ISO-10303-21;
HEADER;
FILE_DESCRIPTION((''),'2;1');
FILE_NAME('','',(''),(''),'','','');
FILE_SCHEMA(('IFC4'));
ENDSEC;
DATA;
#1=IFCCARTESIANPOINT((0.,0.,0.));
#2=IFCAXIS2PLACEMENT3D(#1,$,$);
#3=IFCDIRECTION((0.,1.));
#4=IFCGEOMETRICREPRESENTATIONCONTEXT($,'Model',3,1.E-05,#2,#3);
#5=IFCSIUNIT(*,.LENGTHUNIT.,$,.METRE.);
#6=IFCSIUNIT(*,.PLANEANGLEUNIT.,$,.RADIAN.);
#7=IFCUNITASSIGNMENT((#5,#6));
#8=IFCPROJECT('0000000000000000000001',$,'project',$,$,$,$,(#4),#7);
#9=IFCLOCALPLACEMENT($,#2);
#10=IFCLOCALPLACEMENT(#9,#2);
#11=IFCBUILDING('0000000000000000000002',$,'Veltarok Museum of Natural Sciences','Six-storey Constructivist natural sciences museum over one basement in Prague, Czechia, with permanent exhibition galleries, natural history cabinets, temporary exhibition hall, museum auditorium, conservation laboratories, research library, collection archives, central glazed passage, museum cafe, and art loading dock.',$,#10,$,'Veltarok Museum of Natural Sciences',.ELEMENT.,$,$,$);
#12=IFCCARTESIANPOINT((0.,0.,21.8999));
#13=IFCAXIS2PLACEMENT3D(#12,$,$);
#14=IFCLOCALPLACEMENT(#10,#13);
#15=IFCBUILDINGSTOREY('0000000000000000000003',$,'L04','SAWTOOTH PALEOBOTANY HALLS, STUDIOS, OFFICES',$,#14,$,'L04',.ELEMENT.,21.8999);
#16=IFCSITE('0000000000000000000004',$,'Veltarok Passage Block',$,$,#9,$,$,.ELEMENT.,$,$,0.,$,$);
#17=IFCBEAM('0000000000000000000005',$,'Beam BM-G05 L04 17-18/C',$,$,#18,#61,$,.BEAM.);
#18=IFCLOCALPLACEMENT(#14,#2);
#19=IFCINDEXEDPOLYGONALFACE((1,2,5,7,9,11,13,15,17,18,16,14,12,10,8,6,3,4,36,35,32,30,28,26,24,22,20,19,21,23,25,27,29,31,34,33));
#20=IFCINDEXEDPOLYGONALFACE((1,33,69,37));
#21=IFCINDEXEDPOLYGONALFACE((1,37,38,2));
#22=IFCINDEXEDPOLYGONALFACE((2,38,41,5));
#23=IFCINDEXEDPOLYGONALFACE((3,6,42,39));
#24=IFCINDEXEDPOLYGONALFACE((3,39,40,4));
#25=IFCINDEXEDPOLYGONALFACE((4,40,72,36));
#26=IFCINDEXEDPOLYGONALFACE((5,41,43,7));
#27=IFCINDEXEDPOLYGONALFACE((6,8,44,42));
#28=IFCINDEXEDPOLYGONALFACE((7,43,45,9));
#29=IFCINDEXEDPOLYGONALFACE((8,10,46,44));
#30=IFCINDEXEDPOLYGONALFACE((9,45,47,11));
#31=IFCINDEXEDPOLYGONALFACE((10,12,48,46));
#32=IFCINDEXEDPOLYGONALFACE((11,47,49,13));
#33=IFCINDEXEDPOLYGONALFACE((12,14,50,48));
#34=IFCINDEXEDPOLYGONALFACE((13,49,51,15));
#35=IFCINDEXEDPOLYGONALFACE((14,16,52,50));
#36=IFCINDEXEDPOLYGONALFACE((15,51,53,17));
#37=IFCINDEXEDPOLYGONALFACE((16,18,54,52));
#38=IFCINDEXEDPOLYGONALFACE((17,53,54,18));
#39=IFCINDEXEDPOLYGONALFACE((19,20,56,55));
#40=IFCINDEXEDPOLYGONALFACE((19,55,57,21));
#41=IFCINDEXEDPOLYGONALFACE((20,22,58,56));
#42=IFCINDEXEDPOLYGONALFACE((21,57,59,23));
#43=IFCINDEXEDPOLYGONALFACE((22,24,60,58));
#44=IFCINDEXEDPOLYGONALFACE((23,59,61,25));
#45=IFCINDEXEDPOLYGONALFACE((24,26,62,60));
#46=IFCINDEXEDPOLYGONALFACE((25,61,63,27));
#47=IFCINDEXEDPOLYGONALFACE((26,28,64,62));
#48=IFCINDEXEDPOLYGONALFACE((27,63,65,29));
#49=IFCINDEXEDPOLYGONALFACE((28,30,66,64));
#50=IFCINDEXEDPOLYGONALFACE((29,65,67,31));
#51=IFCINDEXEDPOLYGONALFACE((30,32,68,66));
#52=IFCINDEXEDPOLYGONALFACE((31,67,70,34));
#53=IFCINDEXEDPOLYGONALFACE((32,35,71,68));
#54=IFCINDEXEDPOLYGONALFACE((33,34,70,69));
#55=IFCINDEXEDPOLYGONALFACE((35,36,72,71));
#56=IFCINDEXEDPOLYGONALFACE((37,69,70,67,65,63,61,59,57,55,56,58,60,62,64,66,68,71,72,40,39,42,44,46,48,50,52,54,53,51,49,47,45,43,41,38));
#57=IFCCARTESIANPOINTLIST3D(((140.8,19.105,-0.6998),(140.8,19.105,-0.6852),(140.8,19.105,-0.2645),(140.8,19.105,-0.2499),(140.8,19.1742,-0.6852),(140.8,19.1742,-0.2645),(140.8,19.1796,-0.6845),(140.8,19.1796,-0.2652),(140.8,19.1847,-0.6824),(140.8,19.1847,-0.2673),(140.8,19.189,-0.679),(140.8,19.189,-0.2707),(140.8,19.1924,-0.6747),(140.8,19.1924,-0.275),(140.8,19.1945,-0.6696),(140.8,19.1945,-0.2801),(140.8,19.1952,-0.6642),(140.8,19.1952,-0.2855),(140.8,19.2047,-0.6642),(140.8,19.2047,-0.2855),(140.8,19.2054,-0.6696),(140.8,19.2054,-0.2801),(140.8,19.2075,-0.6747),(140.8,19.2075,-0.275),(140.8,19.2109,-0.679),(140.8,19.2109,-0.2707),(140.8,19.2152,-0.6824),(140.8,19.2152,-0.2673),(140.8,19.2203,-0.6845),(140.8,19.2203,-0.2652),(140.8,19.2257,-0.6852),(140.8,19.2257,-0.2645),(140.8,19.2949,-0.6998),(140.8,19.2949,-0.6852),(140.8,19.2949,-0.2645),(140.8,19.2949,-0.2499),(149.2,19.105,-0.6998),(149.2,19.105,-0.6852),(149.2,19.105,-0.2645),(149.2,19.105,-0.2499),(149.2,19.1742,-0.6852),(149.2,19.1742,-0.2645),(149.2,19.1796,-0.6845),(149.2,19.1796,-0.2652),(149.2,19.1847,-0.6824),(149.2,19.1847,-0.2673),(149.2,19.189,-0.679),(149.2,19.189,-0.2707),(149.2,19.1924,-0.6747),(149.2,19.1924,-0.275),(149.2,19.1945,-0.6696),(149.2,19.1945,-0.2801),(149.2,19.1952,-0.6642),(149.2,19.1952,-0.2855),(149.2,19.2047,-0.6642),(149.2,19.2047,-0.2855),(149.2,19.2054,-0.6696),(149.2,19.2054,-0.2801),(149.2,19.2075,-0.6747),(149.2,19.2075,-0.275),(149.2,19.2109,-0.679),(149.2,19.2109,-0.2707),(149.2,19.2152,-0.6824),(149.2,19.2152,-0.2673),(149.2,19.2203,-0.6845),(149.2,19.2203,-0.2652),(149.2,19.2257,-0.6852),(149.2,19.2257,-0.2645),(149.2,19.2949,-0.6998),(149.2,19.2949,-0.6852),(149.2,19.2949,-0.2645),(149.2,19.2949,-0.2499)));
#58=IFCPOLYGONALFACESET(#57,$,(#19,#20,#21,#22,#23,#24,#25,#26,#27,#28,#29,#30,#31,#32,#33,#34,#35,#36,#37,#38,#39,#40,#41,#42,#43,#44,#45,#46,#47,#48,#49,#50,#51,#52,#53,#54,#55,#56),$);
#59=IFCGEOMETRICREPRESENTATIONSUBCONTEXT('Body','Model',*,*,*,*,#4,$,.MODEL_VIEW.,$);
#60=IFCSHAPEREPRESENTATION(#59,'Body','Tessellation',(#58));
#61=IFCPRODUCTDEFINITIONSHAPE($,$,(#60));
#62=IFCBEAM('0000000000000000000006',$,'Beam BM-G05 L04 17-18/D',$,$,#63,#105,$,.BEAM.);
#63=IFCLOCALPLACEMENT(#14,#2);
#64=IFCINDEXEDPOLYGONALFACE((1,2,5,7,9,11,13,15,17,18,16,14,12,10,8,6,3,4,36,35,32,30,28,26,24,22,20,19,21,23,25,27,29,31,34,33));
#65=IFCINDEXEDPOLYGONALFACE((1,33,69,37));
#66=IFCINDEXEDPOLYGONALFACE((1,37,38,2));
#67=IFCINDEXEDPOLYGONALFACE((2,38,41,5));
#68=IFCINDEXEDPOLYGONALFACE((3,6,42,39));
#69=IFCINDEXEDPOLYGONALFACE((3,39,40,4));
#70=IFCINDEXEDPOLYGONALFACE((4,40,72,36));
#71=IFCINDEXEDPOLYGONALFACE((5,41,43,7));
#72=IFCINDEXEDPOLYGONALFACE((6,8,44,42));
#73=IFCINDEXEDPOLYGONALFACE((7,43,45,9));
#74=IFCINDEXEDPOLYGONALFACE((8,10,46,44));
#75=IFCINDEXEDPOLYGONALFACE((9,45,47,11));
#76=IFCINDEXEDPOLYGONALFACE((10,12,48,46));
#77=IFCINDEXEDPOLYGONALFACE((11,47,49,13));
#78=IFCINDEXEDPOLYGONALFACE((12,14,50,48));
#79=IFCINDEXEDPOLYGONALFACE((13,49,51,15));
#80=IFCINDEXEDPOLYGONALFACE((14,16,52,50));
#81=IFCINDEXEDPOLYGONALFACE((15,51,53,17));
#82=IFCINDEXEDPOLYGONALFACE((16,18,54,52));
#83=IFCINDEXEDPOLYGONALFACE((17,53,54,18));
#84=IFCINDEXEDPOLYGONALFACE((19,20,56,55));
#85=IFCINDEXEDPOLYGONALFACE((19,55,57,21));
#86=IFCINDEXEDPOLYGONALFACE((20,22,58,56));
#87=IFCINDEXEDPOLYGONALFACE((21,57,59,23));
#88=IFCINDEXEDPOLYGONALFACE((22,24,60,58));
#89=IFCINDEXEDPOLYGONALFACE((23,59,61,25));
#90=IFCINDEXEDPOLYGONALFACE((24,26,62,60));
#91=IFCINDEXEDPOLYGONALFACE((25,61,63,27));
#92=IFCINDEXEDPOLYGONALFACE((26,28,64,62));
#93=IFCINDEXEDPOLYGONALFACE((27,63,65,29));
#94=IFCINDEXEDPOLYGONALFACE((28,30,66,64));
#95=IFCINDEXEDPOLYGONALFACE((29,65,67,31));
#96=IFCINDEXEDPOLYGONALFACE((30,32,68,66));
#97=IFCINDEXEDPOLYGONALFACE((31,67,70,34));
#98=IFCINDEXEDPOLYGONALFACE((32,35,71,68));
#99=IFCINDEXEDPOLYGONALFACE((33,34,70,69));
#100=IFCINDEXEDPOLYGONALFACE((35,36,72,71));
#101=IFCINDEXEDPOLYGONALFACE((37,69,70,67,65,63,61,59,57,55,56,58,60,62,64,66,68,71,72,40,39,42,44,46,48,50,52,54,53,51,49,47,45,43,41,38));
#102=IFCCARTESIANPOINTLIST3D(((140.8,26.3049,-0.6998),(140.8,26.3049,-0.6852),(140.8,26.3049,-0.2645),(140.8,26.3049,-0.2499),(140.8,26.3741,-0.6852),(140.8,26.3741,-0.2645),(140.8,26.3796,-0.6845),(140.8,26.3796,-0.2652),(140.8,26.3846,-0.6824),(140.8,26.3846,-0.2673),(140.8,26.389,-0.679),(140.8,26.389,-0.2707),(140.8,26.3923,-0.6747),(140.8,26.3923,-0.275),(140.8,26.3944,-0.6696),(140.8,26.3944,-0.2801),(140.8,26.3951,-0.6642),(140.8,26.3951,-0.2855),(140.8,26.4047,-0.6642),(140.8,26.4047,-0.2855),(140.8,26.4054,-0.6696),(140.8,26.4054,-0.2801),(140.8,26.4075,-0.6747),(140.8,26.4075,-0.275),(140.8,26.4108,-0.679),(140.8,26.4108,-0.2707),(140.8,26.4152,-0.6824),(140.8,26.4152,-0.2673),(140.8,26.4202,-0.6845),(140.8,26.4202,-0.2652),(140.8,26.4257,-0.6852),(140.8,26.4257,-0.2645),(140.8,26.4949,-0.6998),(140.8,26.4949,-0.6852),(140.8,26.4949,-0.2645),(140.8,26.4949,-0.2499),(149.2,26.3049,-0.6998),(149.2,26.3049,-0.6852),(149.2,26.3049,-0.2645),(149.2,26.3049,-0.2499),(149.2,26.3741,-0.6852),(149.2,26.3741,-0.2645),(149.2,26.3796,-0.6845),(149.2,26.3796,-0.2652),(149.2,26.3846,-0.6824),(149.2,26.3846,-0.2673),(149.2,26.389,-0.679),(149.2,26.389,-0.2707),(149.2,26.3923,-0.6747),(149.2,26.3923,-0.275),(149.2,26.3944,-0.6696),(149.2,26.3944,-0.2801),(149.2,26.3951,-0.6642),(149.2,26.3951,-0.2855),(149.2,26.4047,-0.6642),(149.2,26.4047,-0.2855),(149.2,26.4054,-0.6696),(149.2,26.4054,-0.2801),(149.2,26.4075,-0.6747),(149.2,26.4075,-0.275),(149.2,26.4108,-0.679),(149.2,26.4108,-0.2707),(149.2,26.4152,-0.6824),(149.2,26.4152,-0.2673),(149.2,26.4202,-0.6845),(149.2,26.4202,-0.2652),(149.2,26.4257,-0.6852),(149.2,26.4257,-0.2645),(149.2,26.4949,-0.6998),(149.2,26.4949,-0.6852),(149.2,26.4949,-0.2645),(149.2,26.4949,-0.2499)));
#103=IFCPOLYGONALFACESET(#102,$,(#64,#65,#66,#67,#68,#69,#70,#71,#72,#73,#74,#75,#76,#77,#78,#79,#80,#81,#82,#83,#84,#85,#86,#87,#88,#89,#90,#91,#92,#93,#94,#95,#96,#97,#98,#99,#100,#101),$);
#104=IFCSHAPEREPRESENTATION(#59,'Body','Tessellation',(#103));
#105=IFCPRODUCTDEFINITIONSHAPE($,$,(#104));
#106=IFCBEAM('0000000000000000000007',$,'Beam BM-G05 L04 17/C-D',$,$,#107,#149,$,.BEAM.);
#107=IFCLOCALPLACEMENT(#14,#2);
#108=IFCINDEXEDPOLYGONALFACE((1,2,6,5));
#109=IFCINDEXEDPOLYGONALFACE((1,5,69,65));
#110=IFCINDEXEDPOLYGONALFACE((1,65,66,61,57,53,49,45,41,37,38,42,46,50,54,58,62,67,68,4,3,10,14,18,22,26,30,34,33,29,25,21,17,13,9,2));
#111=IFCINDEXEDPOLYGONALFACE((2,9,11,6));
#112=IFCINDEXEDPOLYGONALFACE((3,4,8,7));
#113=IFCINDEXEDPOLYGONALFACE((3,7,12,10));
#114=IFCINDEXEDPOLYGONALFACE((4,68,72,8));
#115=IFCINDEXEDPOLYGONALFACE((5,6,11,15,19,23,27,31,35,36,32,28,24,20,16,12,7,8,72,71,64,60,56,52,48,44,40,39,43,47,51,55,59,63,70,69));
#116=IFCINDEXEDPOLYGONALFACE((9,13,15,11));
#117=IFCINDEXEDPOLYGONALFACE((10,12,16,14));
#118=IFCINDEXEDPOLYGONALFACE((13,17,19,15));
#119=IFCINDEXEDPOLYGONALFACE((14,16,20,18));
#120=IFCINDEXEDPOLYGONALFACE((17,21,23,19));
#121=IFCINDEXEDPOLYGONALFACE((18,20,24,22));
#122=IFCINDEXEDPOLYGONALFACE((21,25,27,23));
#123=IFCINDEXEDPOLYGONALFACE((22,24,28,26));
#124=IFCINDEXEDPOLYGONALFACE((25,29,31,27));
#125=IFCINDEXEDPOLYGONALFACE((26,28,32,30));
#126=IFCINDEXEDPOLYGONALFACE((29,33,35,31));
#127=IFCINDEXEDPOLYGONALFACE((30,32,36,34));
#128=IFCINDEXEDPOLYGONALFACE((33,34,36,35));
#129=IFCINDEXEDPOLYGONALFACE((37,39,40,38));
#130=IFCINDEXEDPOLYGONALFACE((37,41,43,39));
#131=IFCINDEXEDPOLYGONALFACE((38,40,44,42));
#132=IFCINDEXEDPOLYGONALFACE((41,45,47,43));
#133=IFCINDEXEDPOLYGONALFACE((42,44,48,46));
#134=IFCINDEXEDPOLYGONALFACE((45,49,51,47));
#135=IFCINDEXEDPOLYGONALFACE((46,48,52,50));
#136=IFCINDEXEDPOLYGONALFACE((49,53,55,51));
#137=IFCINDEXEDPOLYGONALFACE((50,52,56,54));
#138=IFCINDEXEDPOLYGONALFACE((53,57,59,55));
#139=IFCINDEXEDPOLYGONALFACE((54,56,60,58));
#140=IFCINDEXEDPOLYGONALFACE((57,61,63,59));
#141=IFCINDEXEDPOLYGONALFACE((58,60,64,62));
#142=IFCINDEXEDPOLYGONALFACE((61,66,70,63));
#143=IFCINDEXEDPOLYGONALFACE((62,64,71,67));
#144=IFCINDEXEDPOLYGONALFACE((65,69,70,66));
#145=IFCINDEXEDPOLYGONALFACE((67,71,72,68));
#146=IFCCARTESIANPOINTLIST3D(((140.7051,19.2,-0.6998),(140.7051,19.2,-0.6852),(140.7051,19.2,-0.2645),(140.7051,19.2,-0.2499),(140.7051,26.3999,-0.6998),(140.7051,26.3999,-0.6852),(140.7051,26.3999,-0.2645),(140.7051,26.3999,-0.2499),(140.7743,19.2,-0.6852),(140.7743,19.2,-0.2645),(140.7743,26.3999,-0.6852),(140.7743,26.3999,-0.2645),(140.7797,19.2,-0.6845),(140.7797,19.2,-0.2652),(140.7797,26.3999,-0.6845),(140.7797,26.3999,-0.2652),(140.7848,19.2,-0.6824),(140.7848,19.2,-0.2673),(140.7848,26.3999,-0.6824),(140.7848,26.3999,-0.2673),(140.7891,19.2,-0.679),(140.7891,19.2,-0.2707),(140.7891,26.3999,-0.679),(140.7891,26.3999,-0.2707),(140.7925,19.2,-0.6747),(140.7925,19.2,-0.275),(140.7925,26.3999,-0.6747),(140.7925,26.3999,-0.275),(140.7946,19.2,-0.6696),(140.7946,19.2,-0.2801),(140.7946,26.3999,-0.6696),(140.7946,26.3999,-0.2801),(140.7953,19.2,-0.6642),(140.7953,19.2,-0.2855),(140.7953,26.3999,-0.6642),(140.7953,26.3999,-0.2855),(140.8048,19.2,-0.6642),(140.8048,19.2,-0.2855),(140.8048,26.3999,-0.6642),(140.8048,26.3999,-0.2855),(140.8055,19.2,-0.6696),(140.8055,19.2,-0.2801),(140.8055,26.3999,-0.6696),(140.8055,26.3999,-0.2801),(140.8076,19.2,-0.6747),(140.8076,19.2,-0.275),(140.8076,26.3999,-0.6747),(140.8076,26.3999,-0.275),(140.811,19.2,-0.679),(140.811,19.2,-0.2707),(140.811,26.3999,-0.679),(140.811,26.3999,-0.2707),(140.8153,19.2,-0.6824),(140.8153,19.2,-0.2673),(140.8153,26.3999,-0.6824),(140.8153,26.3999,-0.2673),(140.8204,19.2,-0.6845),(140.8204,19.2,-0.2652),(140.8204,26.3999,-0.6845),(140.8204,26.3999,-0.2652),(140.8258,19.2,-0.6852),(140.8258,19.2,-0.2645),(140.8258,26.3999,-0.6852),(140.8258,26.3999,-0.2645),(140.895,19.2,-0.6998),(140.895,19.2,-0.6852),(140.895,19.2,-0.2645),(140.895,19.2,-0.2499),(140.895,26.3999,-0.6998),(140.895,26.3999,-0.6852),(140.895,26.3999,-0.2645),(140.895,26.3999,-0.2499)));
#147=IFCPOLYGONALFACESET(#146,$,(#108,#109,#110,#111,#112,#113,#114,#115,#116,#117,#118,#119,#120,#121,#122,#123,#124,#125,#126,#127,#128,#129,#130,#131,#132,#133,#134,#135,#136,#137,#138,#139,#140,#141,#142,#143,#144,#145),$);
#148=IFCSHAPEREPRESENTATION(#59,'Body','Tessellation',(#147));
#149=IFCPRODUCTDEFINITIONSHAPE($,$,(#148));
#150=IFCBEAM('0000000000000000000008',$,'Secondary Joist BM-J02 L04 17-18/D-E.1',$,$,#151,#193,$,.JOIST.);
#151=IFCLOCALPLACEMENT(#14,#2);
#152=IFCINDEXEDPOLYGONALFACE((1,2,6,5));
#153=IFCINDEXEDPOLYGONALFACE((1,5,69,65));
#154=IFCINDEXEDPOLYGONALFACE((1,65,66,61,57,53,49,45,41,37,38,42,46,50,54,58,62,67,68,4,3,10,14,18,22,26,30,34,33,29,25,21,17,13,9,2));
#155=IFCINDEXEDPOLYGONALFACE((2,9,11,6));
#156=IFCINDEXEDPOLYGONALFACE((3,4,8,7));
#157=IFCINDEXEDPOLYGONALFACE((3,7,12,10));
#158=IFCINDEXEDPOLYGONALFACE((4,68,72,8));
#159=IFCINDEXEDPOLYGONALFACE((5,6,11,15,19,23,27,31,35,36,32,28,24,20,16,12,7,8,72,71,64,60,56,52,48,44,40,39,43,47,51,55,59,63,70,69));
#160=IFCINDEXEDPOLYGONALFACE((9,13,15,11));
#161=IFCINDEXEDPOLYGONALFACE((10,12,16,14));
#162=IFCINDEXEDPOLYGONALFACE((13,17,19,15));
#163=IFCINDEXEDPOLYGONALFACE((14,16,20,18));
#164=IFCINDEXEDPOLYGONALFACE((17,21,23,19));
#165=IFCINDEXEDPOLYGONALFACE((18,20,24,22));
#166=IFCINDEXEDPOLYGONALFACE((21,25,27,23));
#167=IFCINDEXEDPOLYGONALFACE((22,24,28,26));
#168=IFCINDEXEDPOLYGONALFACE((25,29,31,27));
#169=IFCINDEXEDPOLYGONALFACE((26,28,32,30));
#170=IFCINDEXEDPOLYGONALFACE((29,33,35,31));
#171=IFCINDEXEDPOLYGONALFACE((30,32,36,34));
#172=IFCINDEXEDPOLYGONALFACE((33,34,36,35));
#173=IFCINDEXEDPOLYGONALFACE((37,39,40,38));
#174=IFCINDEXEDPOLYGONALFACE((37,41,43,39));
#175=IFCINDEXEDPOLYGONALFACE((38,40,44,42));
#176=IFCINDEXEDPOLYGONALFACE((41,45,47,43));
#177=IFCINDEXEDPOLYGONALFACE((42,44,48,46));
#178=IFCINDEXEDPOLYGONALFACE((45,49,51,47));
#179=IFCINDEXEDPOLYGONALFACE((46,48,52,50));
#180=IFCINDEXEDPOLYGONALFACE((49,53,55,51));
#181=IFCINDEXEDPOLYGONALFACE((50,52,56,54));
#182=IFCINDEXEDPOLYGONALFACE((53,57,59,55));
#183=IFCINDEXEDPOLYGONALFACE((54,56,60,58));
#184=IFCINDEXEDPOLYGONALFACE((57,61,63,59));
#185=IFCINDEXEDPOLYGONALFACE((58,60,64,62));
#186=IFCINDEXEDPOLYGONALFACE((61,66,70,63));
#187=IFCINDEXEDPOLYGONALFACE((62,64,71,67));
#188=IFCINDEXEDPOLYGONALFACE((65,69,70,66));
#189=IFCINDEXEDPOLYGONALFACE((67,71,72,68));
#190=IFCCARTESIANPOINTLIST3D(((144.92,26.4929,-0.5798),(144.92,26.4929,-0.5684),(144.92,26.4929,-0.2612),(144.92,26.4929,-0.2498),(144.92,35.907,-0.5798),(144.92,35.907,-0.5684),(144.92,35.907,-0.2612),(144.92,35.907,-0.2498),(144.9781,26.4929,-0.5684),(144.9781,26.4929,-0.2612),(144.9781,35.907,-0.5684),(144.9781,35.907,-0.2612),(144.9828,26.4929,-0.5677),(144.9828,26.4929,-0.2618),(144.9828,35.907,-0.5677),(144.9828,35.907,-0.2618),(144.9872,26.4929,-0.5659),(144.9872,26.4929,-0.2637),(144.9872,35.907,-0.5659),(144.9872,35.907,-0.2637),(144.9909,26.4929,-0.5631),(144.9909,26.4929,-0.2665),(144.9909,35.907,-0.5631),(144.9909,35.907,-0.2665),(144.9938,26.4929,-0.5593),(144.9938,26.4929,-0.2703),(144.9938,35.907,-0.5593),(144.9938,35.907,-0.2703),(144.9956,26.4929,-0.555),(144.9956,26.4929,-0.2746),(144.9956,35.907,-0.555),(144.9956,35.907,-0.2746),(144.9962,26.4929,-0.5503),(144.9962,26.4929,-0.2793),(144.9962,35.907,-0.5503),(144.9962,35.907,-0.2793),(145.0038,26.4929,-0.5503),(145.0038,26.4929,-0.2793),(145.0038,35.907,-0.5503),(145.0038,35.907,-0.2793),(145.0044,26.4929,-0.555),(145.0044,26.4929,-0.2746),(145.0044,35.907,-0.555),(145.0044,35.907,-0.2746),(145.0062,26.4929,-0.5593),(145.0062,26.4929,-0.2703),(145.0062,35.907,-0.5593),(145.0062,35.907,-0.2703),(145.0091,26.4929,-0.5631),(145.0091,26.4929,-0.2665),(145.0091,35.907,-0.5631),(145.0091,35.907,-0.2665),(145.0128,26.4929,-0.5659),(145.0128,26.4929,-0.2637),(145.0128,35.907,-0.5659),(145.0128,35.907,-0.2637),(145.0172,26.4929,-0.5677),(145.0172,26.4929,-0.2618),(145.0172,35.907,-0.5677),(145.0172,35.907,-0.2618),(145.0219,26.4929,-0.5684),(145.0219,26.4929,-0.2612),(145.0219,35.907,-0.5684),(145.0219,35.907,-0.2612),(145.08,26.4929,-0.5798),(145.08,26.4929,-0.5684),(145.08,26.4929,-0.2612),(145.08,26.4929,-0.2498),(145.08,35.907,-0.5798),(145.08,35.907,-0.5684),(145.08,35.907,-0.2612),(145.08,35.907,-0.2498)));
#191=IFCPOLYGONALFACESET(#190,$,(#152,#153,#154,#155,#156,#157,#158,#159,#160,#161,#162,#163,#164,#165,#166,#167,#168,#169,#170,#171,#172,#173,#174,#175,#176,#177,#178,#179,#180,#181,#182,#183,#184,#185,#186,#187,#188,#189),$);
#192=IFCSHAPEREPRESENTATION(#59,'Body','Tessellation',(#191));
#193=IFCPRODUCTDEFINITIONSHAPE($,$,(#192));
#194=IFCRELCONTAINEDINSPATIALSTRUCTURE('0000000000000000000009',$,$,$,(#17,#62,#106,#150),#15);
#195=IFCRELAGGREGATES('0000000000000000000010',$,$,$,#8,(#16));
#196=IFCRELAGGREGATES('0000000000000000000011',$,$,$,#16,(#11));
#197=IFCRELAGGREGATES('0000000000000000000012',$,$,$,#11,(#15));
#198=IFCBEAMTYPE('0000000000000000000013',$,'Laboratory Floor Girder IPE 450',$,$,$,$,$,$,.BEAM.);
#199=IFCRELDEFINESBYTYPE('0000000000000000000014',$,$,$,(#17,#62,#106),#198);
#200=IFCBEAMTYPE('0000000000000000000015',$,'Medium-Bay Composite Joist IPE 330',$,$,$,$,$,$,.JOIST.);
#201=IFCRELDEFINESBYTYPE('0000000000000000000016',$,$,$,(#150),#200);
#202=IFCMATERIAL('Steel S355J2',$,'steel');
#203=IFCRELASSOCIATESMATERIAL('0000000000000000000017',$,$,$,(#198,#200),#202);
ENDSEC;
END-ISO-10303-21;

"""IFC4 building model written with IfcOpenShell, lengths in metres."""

from ifc_helpers import new_model, si_unit, direction, frame, origin, origin_2d, place, context, subcontext, project, spatial, i_section, extrude, material, material_profile, profile_set, type_object, element, save


model = new_model("IFC4")

# Units and contexts
model_context = context("Model", 3, precision=1e-05, world=origin(), true_north=direction((0.0, 1.0)))
body_context = subcontext(model_context, "Body", "Model", "MODEL_VIEW")
ifc_project = project(units=[si_unit("LENGTHUNIT", "METRE"), si_unit("PLANEANGLEUNIT", "RADIAN")], contexts=[model_context])

# Site, building, storey
site_placement = place(None, origin())
site = spatial("IfcSite", under=ifc_project, at=site_placement, Name="Veltarok Passage Block", CompositionType="ELEMENT", RefElevation=0.0)
building_placement = place(site_placement, origin())
building = spatial("IfcBuilding", under=site, at=building_placement, Name="Veltarok Museum of Natural Sciences", Description="Six-storey Constructivist natural sciences museum over one basement in Prague, Czechia, with permanent exhibition galleries, natural history cabinets, temporary exhibition hall, museum auditorium, conservation laboratories, research library, collection archives, central glazed passage, museum cafe, and art loading dock.", LongName="Veltarok Museum of Natural Sciences", CompositionType="ELEMENT")
storey_placement = place(building_placement, frame((0.0, 0.0, 21.8999)))
storey = spatial("IfcBuildingStorey", under=building, at=storey_placement, Name="L04", Description="SAWTOOTH PALEOBOTANY HALLS, STUDIOS, OFFICES", LongName="L04", CompositionType="ELEMENT", Elevation=21.8999)

# Beams
ifc_material_1 = material(Name="Steel S355J2", Category="steel")
ifc_material_profile_1 = material_profile(ifc_material_1, i_section(OverallWidth=0.1899, OverallDepth=0.45, WebThickness=0.0095, FlangeThickness=0.0146, FilletRadius=0.021, at=origin_2d()), Name="IPE 450")
ifc_profile_set_1 = profile_set([ifc_material_profile_1], Name="Steel S355J2")
beam_type_1 = type_object("IfcBeamType", Name="Laboratory Floor Girder IPE 450", PredefinedType="BEAM", material=ifc_profile_set_1)
for number, where, z_axis, x_axis, name in (
    (1, (140.8, 19.2, -0.4749), (1.0, 0.0, 0.0), (0.0, 1.0, 0.0), "Beam BM-G05 L04 17-18/C"),
    (2, (140.8, 26.3999, -0.4749), (1.0, 0.0, 0.0), (0.0, 1.0, 0.0), "Beam BM-G05 L04 17-18/D"),
):
    element("IfcBeam", number, at=place(storey_placement, frame(where, z_axis=z_axis, x_axis=x_axis)), inside=storey, type_object=beam_type_1, Name=name, PredefinedType="BEAM", context=body_context, shape_type="SweptSolid", body=[
        extrude(i_section(OverallWidth=0.1899, OverallDepth=0.45, WebThickness=0.0095, FlangeThickness=0.0146, FilletRadius=0.021, at=origin_2d()), origin(), (0.0, 0.0, 1.0), 8.3999),
    ])
beam_1_placement = place(storey_placement, frame((140.8, 19.2, -0.4749), z_axis=(0.0, 1.0, 0.0), x_axis=(-1.0, 0.0, 0.0)))
element("IfcBeam", 3, at=beam_1_placement, inside=storey, type_object=beam_type_1, Name="Beam BM-G05 L04 17/C-D", PredefinedType="BEAM", context=body_context, shape_type="SweptSolid", body=[
    extrude(i_section(OverallWidth=0.1899, OverallDepth=0.45, WebThickness=0.0095, FlangeThickness=0.0146, FilletRadius=0.021, at=origin_2d()), origin(), (0.0, 0.0, 1.0), 7.2),
])
ifc_material_profile_2 = material_profile(ifc_material_1, i_section(OverallWidth=0.1599, OverallDepth=0.3301, WebThickness=0.0076, FlangeThickness=0.0115, FilletRadius=0.0181, at=origin_2d()), Name="IPE 330")
ifc_profile_set_2 = profile_set([ifc_material_profile_2], Name="Steel S355J2")
beam_type_2 = type_object("IfcBeamType", Name="Medium-Bay Composite Joist IPE 330", PredefinedType="JOIST", material=ifc_profile_set_2)
beam_2_placement = place(storey_placement, frame((145.0, 26.4929, -0.4148), z_axis=(0.0, 1.0, 0.0), x_axis=(-1.0, 0.0, 0.0)))
element("IfcBeam", 4, at=beam_2_placement, inside=storey, type_object=beam_type_2, Name="Secondary Joist BM-J02 L04 17-18/D-E.1", PredefinedType="JOIST", context=body_context, shape_type="SweptSolid", body=[
    extrude(i_section(OverallWidth=0.1599, OverallDepth=0.3301, WebThickness=0.0076, FlangeThickness=0.0115, FilletRadius=0.0181, at=origin_2d()), origin(), (0.0, 0.0, 1.0), 9.4141),
])

save(model, "model.ifc")
